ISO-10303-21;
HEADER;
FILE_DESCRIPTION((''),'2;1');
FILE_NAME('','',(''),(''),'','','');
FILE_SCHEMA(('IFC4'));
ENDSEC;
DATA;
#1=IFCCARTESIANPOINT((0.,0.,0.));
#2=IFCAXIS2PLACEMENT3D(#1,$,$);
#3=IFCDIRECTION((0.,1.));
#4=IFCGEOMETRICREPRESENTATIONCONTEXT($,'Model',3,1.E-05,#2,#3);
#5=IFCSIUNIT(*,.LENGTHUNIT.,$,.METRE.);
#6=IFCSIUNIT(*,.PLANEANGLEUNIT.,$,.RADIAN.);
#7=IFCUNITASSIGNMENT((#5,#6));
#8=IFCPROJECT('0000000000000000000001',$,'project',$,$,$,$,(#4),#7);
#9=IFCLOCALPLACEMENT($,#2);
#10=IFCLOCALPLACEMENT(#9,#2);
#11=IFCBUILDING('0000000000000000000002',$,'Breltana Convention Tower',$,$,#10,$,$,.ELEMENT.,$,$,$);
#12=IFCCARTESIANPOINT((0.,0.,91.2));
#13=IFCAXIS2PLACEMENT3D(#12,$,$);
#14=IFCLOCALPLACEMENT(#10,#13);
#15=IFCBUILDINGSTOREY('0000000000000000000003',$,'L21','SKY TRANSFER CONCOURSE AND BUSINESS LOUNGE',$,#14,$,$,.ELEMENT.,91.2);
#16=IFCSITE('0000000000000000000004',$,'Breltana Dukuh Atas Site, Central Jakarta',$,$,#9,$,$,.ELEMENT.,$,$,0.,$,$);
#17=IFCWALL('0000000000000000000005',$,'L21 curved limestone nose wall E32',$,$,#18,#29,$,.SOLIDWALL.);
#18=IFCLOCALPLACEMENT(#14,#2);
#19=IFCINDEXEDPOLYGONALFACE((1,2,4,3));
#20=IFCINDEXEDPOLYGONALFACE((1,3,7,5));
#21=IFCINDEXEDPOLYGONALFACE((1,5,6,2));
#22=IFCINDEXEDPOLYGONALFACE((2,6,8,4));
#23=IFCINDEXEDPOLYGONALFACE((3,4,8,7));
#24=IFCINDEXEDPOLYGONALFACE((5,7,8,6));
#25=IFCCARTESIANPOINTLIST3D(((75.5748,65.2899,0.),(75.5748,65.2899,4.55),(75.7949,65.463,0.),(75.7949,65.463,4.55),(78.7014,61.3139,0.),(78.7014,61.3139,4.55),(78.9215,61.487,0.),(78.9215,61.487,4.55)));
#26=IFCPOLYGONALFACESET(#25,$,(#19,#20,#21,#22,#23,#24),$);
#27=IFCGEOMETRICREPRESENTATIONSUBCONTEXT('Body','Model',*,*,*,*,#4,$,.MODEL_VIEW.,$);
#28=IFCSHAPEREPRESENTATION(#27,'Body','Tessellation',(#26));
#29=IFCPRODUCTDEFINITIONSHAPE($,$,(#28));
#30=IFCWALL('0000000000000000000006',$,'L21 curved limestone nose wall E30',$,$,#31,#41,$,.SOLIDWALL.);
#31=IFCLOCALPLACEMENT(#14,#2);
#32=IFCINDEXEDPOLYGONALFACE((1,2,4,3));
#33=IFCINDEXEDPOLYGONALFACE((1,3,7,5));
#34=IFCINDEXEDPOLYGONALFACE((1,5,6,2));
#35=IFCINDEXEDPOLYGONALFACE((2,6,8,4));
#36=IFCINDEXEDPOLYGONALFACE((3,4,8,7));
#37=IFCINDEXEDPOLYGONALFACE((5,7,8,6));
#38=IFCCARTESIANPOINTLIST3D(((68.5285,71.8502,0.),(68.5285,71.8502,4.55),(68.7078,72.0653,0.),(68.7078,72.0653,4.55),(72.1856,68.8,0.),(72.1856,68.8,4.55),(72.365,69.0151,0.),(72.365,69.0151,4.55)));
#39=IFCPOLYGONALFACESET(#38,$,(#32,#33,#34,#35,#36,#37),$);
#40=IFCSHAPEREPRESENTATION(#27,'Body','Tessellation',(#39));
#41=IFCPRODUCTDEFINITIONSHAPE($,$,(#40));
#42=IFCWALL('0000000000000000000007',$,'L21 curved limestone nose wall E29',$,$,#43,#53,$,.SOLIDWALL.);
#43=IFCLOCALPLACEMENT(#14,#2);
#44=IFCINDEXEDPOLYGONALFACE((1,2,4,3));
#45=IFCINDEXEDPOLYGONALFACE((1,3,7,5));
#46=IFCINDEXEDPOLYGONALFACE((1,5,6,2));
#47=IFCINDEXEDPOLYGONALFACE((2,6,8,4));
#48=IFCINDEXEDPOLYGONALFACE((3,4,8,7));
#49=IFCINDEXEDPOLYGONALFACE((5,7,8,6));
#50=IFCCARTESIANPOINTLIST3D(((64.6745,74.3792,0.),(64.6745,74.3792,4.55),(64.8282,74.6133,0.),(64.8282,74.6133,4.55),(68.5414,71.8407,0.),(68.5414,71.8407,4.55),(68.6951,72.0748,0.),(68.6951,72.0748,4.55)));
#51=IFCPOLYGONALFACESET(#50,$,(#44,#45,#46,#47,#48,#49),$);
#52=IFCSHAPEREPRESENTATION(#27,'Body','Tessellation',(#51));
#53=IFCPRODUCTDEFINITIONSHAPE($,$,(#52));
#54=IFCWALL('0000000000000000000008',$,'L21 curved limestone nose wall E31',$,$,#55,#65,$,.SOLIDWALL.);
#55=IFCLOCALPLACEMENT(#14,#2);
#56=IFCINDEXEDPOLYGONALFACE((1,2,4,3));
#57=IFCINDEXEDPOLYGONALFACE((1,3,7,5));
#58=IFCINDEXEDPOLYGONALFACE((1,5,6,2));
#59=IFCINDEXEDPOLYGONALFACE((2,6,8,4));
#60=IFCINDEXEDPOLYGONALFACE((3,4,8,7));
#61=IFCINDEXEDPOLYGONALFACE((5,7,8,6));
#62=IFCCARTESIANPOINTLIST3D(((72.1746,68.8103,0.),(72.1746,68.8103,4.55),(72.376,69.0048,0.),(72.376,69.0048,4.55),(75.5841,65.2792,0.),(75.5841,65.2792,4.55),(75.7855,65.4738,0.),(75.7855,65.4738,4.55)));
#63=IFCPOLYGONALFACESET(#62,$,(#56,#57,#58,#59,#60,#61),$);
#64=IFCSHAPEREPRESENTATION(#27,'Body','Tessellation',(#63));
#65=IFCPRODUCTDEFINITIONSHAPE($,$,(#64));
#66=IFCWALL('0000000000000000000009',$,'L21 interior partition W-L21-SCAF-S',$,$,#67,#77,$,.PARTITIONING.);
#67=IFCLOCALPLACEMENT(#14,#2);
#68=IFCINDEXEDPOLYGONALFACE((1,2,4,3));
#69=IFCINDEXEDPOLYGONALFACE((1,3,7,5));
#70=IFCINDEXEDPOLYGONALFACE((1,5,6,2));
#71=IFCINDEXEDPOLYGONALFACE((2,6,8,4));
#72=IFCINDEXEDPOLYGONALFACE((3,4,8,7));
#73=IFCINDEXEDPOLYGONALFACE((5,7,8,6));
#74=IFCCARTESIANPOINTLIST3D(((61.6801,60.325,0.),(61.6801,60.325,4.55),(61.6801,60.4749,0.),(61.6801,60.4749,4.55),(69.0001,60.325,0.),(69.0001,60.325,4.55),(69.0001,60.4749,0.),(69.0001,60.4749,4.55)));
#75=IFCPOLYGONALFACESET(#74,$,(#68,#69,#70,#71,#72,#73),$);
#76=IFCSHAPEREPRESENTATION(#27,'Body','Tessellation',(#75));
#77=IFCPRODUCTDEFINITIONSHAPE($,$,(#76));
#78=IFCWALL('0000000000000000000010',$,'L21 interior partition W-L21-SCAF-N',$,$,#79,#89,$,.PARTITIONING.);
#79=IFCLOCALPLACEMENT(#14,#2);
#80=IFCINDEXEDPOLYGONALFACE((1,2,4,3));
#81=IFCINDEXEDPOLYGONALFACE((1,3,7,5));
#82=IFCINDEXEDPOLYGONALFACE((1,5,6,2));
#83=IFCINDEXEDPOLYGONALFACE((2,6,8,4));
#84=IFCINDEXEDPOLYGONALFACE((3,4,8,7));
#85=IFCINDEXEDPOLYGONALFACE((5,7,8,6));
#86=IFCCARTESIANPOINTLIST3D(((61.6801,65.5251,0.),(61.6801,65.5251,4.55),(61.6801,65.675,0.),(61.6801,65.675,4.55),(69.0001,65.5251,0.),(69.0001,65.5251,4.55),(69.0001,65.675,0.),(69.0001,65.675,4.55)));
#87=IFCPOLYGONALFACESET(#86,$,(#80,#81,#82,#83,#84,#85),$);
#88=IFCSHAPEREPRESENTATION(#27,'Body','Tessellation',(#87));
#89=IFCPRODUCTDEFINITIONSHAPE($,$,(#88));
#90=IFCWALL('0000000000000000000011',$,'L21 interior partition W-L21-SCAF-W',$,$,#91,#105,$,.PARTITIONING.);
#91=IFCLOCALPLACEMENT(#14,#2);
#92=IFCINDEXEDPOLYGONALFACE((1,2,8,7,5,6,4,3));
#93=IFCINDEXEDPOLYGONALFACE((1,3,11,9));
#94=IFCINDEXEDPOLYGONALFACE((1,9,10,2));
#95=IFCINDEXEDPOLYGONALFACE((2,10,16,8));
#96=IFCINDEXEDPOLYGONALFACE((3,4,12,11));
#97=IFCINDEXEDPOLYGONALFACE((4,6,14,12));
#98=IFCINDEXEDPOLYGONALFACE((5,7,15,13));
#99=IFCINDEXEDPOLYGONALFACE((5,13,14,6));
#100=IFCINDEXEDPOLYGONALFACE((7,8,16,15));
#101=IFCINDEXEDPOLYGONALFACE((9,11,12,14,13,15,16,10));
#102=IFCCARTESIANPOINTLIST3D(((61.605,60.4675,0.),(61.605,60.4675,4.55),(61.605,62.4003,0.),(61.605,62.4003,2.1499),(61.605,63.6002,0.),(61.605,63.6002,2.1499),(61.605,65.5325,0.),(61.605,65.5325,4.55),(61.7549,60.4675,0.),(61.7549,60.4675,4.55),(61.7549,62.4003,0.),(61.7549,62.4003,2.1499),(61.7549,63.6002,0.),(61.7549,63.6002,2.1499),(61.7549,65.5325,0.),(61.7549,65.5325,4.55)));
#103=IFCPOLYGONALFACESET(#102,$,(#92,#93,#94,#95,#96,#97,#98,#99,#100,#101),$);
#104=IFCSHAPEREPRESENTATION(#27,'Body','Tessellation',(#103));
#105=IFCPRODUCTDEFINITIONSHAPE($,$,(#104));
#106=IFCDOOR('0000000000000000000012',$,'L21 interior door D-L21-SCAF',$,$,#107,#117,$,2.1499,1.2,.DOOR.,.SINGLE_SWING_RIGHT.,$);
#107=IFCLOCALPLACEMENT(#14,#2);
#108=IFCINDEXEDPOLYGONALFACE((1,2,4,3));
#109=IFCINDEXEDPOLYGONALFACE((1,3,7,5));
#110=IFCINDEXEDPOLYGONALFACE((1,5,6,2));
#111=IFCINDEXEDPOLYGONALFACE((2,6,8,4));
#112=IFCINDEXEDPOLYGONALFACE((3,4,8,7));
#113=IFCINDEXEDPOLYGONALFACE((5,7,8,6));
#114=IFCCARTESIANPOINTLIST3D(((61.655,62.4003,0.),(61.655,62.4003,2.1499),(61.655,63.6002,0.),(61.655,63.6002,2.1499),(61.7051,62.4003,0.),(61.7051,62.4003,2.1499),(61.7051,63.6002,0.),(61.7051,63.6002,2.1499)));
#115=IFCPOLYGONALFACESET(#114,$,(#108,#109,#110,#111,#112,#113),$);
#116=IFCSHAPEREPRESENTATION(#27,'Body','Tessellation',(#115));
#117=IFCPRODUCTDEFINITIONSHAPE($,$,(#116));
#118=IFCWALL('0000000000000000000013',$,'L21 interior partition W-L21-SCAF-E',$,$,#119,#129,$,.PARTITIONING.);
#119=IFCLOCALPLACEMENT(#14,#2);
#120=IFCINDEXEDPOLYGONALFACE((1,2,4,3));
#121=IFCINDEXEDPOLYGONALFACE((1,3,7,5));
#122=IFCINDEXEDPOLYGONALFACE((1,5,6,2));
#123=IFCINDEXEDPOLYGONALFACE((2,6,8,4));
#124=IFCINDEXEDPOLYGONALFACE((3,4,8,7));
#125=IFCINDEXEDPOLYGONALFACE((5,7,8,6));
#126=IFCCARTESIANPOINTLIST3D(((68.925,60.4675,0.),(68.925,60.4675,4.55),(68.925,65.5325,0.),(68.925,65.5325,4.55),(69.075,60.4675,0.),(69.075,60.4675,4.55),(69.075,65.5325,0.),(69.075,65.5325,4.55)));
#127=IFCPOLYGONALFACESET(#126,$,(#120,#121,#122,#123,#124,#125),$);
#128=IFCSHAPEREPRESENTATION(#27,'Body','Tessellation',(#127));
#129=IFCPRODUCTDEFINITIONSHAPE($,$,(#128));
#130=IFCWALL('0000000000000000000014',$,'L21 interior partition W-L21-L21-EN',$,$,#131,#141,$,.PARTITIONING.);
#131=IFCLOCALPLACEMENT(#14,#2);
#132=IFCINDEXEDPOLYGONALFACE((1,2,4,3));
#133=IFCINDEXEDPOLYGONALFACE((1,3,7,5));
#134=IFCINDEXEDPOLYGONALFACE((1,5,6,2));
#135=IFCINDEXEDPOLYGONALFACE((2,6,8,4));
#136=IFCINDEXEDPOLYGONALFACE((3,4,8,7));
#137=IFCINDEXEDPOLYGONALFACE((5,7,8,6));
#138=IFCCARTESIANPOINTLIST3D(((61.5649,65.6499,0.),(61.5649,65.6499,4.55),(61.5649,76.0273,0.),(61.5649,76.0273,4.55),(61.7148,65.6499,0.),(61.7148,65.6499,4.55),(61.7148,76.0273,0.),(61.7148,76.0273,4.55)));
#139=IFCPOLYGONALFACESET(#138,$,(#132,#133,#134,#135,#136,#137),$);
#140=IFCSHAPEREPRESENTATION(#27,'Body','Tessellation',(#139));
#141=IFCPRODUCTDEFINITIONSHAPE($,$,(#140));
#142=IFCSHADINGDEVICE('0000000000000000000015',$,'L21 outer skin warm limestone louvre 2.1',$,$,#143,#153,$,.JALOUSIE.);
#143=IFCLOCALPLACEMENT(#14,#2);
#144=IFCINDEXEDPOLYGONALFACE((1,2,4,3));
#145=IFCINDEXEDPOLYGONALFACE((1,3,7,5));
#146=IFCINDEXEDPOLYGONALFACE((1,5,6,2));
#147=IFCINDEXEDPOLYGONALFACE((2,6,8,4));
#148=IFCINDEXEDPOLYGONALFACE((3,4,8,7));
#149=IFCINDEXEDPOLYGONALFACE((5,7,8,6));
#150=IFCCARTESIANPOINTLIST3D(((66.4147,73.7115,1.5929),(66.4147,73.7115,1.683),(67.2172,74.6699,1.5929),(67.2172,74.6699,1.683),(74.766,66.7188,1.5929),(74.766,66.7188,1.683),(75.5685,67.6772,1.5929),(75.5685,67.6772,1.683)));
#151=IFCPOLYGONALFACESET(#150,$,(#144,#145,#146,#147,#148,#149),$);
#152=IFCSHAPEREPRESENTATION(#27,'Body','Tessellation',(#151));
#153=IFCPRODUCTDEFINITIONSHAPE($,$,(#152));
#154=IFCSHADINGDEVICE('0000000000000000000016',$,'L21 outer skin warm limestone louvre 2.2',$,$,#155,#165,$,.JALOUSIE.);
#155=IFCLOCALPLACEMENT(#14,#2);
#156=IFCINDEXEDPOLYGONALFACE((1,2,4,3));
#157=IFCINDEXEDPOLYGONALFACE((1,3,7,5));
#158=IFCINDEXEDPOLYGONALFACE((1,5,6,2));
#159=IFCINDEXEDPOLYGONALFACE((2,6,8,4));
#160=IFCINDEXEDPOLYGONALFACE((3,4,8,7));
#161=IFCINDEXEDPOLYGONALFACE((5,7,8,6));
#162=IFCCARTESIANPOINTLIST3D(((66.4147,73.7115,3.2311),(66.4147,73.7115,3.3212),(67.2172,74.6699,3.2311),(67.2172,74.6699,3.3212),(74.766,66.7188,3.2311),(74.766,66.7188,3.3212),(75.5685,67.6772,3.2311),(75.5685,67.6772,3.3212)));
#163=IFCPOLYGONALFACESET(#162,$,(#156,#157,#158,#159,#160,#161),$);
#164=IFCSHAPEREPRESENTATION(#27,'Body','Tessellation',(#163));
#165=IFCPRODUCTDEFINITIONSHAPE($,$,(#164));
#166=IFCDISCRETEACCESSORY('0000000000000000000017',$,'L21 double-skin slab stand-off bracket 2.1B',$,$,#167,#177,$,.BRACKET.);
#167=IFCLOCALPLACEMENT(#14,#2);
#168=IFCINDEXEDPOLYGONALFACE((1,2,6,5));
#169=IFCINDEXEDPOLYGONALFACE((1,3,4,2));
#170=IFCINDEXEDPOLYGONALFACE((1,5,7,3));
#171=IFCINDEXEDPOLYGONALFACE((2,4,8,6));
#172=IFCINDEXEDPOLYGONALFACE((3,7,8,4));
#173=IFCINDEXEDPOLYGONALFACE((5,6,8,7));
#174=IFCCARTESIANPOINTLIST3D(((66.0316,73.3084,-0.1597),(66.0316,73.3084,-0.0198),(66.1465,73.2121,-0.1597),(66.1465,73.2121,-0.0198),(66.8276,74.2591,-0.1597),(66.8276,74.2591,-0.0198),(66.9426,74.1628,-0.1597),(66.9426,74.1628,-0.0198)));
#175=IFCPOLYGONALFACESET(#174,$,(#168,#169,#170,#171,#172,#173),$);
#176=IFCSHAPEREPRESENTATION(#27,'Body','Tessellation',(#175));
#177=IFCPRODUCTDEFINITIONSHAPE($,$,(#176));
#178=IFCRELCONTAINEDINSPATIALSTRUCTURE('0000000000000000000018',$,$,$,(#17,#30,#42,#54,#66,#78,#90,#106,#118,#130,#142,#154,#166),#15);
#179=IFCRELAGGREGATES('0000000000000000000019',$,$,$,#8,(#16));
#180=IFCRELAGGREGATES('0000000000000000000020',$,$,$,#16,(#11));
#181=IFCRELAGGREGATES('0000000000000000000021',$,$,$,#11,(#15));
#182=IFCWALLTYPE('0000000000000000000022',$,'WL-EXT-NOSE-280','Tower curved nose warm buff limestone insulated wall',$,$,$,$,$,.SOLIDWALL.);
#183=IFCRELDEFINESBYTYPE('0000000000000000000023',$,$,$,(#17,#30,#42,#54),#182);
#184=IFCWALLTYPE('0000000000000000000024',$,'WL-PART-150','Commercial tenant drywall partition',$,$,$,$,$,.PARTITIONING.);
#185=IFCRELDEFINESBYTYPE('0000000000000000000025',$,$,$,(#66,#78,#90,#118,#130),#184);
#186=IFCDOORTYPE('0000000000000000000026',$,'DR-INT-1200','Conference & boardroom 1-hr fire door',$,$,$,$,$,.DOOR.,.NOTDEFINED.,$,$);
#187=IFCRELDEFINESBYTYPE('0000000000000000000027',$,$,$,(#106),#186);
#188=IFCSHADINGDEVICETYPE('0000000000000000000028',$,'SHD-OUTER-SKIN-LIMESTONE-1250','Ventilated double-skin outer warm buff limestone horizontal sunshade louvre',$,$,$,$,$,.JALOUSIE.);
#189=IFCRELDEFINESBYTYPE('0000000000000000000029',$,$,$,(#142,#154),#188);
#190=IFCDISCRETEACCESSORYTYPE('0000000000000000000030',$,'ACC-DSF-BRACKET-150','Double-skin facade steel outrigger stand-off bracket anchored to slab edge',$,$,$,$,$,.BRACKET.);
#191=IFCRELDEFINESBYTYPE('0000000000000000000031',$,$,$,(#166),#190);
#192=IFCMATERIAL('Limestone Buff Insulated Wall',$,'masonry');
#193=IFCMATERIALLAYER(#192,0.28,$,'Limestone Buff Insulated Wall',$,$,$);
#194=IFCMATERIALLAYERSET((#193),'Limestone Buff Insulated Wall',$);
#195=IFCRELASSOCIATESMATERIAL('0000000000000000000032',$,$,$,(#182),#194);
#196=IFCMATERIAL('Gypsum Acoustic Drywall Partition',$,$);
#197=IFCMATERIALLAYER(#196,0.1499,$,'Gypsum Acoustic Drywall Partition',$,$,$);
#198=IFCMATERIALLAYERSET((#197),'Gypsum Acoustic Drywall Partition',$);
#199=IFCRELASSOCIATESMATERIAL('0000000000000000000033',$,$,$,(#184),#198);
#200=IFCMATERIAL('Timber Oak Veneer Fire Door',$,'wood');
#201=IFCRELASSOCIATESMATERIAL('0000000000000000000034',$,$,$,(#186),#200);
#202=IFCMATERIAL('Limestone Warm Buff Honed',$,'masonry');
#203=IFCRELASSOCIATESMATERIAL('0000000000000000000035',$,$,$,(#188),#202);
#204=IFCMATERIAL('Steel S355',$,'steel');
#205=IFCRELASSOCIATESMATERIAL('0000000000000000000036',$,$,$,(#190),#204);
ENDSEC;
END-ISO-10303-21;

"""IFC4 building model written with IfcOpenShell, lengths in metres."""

from ifc_helpers import new_model, si_unit, direction, frame, frame_2d, origin, origin_2d, place, context, subcontext, project, spatial, rectangle, extrude, source, transform, mapped, material, layer, layer_set, material_profile, profile_set, type_object, type_shapes, element, fill, save


model = new_model("IFC4")

# Units and contexts
model_context = context("Model", 3, precision=1e-05, world=origin(), true_north=direction((0.0, 1.0)))
body_context = subcontext(model_context, "Body", "Model", "MODEL_VIEW")
ifc_project = project(units=[si_unit("LENGTHUNIT", "METRE"), si_unit("PLANEANGLEUNIT", "RADIAN")], contexts=[model_context])

# Site, building, storey
site_placement = place(None, origin())
site = spatial("IfcSite", under=ifc_project, at=site_placement, Name="Breltana Dukuh Atas Site, Central Jakarta", CompositionType="ELEMENT", RefElevation=0.0)
building_placement = place(site_placement, origin())
building = spatial("IfcBuilding", under=site, at=building_placement, Name="Breltana Convention Tower", CompositionType="ELEMENT")
storey_placement = place(building_placement, frame((0.0, 0.0, 91.2)))
storey = spatial("IfcBuildingStorey", under=building, at=storey_placement, Name="L21", Description="SKY TRANSFER CONCOURSE AND BUSINESS LOUNGE", CompositionType="ELEMENT", Elevation=91.2)

# Walls
ifc_material_1 = material(Name="Limestone Buff Insulated Wall", Category="masonry")
ifc_layer_1 = layer(ifc_material_1, 0.28, Name="Limestone Buff Insulated Wall")
ifc_layer_set_1 = layer_set([ifc_layer_1], Name="Limestone Buff Insulated Wall")
wall_type_1 = type_object("IfcWallType", Name="WL-EXT-NOSE-280", Description="Tower curved nose warm buff limestone insulated wall", PredefinedType="SOLIDWALL", material=ifc_layer_set_1)
shared_shape_1 = source(origin(), body_context, "Body", "SweptSolid", [
    extrude(rectangle(XDim=5.0581, YDim=0.28, at=frame_2d((2.5291, 0.0))), origin(), (0.0, 0.0, 1.0), 4.55),
])
wall_1_placement = place(storey_placement, frame((75.6848, 65.3765, 0.0), z_axis=(0.0, 0.0, 1.0), x_axis=(0.618146, -0.786064, 0.0)))
element("IfcWall", 1, at=wall_1_placement, inside=storey, type_object=wall_type_1, Name="L21 curved limestone nose wall E32", PredefinedType="SOLIDWALL", context=body_context, shape_type="MappedRepresentation", body=[
    mapped(shared_shape_1, transform((0.0, 0.0, 0.0), scale=1.0)),
])
shared_shape_2 = source(origin(), body_context, "Body", "SweptSolid", [
    extrude(rectangle(XDim=4.7622, YDim=0.28, at=frame_2d((2.3811, 0.0))), origin(), (0.0, 0.0, 1.0), 4.55),
])
wall_2_placement = place(storey_placement, frame((68.6182, 71.9578, 0.0), z_axis=(0.0, 0.0, 1.0), x_axis=(0.767952, -0.640507, 0.0)))
element("IfcWall", 2, at=wall_2_placement, inside=storey, type_object=wall_type_1, Name="L21 curved limestone nose wall E30", PredefinedType="SOLIDWALL", context=body_context, shape_type="MappedRepresentation", body=[
    mapped(shared_shape_2, transform((0.0, 0.0, 0.0), scale=1.0)),
])
shared_shape_3 = source(origin(), body_context, "Body", "SweptSolid", [
    extrude(rectangle(XDim=4.6257, YDim=0.28, at=frame_2d((2.313, 0.0))), origin(), (0.0, 0.0, 1.0), 4.55),
])
wall_3_placement = place(storey_placement, frame((64.7512, 74.4963, 0.0), z_axis=(0.0, 0.0, 1.0), x_axis=(0.835959, -0.548791, 0.0)))
element("IfcWall", 3, at=wall_3_placement, inside=storey, type_object=wall_type_1, Name="L21 curved limestone nose wall E29", PredefinedType="SOLIDWALL", context=body_context, shape_type="MappedRepresentation", body=[
    mapped(shared_shape_3, transform((0.0, 0.0, 0.0), scale=1.0)),
])
shared_shape_4 = source(origin(), body_context, "Body", "SweptSolid", [
    extrude(rectangle(XDim=4.9084, YDim=0.28, at=frame_2d((2.4541, 0.0))), origin(), (0.0, 0.0, 1.0), 4.55),
])
wall_4_placement = place(storey_placement, frame((72.2754, 68.9075, 0.0), z_axis=(0.0, 0.0, 1.0), x_axis=(0.694613, -0.719383, 0.0)))
element("IfcWall", 4, at=wall_4_placement, inside=storey, type_object=wall_type_1, Name="L21 curved limestone nose wall E31", PredefinedType="SOLIDWALL", context=body_context, shape_type="MappedRepresentation", body=[
    mapped(shared_shape_4, transform((0.0, 0.0, 0.0), scale=1.0)),
])
ifc_material_2 = material(Name="Gypsum Acoustic Drywall Partition")
ifc_layer_2 = layer(ifc_material_2, 0.1499, Name="Gypsum Acoustic Drywall Partition")
ifc_layer_set_2 = layer_set([ifc_layer_2], Name="Gypsum Acoustic Drywall Partition")
wall_type_2 = type_object("IfcWallType", Name="WL-PART-150", Description="Commercial tenant drywall partition", PredefinedType="PARTITIONING", material=ifc_layer_set_2)
shared_shape_5 = source(origin(), body_context, "Body", "SweptSolid", [
    extrude(rectangle(XDim=7.3201, YDim=0.1499, at=frame_2d((3.6602, 0.0))), origin(), (0.0, 0.0, 1.0), 4.55),
])
for number, where, z_axis, x_axis, name in (
    (5, (61.6799, 60.3999, 0.0), (0.0, 0.0, 1.0), (1.0, 0.0, 0.0), "L21 interior partition W-L21-SCAF-S"),
    (6, (61.6799, 65.6001, 0.0), (0.0, 0.0, 1.0), (1.0, 0.0, 0.0), "L21 interior partition W-L21-SCAF-N"),
):
    element("IfcWall", number, at=place(storey_placement, frame(where, z_axis=z_axis, x_axis=x_axis)), inside=storey, type_object=wall_type_2, Name=name, PredefinedType="PARTITIONING", context=body_context, shape_type="MappedRepresentation", body=[
        mapped(shared_shape_5, transform((0.0, 0.0, 0.0), scale=1.0)),
    ])

# Wall, opening, door
shared_shape_6 = source(origin(), body_context, "Body", "SweptSolid", [
    extrude(rectangle(XDim=5.0649, YDim=0.1499, at=frame_2d((2.5325, 0.0))), origin(), (0.0, 0.0, 1.0), 4.55),
])
wall_5_placement = place(storey_placement, frame((61.6799, 60.4675, 0.0), z_axis=(0.0, 0.0, 1.0), x_axis=(0.0, 1.0, 0.0)))
wall_5 = element("IfcWall", 7, at=wall_5_placement, inside=storey, type_object=wall_type_2, Name="L21 interior partition W-L21-SCAF-W", PredefinedType="PARTITIONING", context=body_context, shape_type="MappedRepresentation", body=[
    mapped(shared_shape_6, transform((0.0, 0.0, 0.0), scale=1.0)),
])
opening_placement = place(wall_5_placement, frame((1.9326, 0.0, 0.0)))
opening = element("IfcOpeningElement", 8, at=opening_placement, cuts=wall_5, PredefinedType="OPENING", context=body_context, shape_type="SweptSolid", body=[
    extrude(rectangle(XDim=1.2, YDim=2.1499, at=frame_2d((0.6001, 1.075))), frame((0.0, 0.085, 0.0), z_axis=(0.0, -1.0, 0.0), x_axis=(1.0, 0.0, 0.0)), (0.0, 0.0, 1.0), 0.1699),
])
ifc_material_3 = material(Name="Timber Oak Veneer Fire Door", Category="wood")
door_type = type_object("IfcDoorType", Name="DR-INT-1200", Description="Conference & boardroom 1-hr fire door", OperationType="NOTDEFINED", PredefinedType="DOOR", material=ifc_material_3)
shared_shape_7 = source(origin(), body_context, "Body", "SweptSolid", [
    extrude(rectangle(XDim=1.2, YDim=2.1499, at=frame_2d((0.6001, 1.075))), frame((0.0, 0.0249, 0.0), z_axis=(0.0, -1.0, 0.0), x_axis=(1.0, 0.0, 0.0)), (0.0, 0.0, 1.0), 0.05),
])
type_shapes(door_type, [shared_shape_7])
door_placement = place(opening_placement, origin())
door = element("IfcDoor", 9, at=door_placement, inside=storey, type_object=door_type, Name="L21 interior door D-L21-SCAF", OperationType="SINGLE_SWING_RIGHT", OverallHeight=2.1499, OverallWidth=1.2, PredefinedType="DOOR", context=body_context, shape_type="MappedRepresentation", body=[
    mapped(shared_shape_7, transform((0.0, 0.0, 0.0), scale=1.0)),
])
fill(opening, door)

# Walls
wall_6_placement = place(storey_placement, frame((69.0, 60.4675, 0.0), z_axis=(0.0, 0.0, 1.0), x_axis=(0.0, 1.0, 0.0)))
element("IfcWall", 10, at=wall_6_placement, inside=storey, type_object=wall_type_2, Name="L21 interior partition W-L21-SCAF-E", PredefinedType="PARTITIONING", context=body_context, shape_type="MappedRepresentation", body=[
    mapped(shared_shape_6, transform((0.0, 0.0, 0.0), scale=1.0)),
])
shared_shape_8 = source(origin(), body_context, "Body", "SweptSolid", [
    extrude(rectangle(XDim=10.3774, YDim=0.1499, at=frame_2d((5.1887, 0.0))), origin(), (0.0, 0.0, 1.0), 4.55),
])
wall_7_placement = place(storey_placement, frame((61.6399, 65.6499, 0.0), z_axis=(0.0, 0.0, 1.0), x_axis=(0.0, 1.0, 0.0)))
element("IfcWall", 11, at=wall_7_placement, inside=storey, type_object=wall_type_2, Name="L21 interior partition W-L21-L21-EN", PredefinedType="PARTITIONING", context=body_context, shape_type="MappedRepresentation", body=[
    mapped(shared_shape_8, transform((0.0, 0.0, 0.0), scale=1.0)),
])

# Shading devices
ifc_material_4 = material(Name="Limestone Warm Buff Honed", Category="masonry")
ifc_material_profile_1 = material_profile(ifc_material_4, rectangle(XDim=1.25, YDim=0.0901, at=origin_2d()), Name="STN-LVR-1250X90")
ifc_profile_set_1 = profile_set([ifc_material_profile_1], Name="Limestone Warm Buff Honed")
shading_device_type = type_object("IfcShadingDeviceType", Name="SHD-OUTER-SKIN-LIMESTONE-1250", Description="Ventilated double-skin outer warm buff limestone horizontal sunshade louvre", PredefinedType="JALOUSIE", material=ifc_profile_set_1)
shared_shape_9 = source(origin(), body_context, "Body", "SweptSolid", [
    extrude(rectangle(XDim=1.25, YDim=0.0901, at=origin_2d()), origin(), (0.0, 0.0, 1.0), 10.8923),
])
for number, where, z_axis, x_axis, name in (
    (12, (66.8159, 74.1907, 1.6379), (0.766718, -0.641984, 0.0), (0.641984, 0.766718, 0.0), "L21 outer skin warm limestone louvre 2.1"),
    (13, (66.8159, 74.1907, 3.2761), (0.766718, -0.641984, 0.0), (0.641984, 0.766718, 0.0), "L21 outer skin warm limestone louvre 2.2"),
):
    element("IfcShadingDevice", number, at=place(storey_placement, frame(where, z_axis=z_axis, x_axis=x_axis)), inside=storey, type_object=shading_device_type, Name=name, PredefinedType="JALOUSIE", context=body_context, shape_type="MappedRepresentation", body=[
        mapped(shared_shape_9, transform((0.0, 0.0, 0.0), scale=1.0)),
    ])

# Discrete accessory
ifc_material_5 = material(Name="Steel S355", Category="steel")
discrete_accessory_type_1 = type_object("IfcDiscreteAccessoryType", Name="ACC-DSF-BRACKET-150", Description="Double-skin facade steel outrigger stand-off bracket anchored to slab edge", PredefinedType="BRACKET", material=ifc_material_5)
shared_shape_10 = source(origin(), body_context, "Body", "SweptSolid", [
    extrude(rectangle(XDim=1.24, YDim=0.1499, at=origin_2d()), origin(), (0.0, 0.0, 1.0), 0.1399),
])
type_shapes(discrete_accessory_type_1, [shared_shape_10])
for number, where, z_axis, x_axis, name in (
    (14, (66.4871, 73.7356, -0.1597), (0.0, 0.0, 1.0), (0.641987, 0.766715, 0.0), "L21 double-skin slab stand-off bracket 2.1B"),
):
    element("IfcDiscreteAccessory", number, at=place(storey_placement, frame(where, z_axis=z_axis, x_axis=x_axis)), inside=storey, type_object=discrete_accessory_type_1, Name=name, PredefinedType="BRACKET", context=body_context, shape_type="MappedRepresentation", body=[
        mapped(shared_shape_10, transform((0.0, 0.0, 0.0), scale=1.0)),
    ])

save(model, "model.ifc")
